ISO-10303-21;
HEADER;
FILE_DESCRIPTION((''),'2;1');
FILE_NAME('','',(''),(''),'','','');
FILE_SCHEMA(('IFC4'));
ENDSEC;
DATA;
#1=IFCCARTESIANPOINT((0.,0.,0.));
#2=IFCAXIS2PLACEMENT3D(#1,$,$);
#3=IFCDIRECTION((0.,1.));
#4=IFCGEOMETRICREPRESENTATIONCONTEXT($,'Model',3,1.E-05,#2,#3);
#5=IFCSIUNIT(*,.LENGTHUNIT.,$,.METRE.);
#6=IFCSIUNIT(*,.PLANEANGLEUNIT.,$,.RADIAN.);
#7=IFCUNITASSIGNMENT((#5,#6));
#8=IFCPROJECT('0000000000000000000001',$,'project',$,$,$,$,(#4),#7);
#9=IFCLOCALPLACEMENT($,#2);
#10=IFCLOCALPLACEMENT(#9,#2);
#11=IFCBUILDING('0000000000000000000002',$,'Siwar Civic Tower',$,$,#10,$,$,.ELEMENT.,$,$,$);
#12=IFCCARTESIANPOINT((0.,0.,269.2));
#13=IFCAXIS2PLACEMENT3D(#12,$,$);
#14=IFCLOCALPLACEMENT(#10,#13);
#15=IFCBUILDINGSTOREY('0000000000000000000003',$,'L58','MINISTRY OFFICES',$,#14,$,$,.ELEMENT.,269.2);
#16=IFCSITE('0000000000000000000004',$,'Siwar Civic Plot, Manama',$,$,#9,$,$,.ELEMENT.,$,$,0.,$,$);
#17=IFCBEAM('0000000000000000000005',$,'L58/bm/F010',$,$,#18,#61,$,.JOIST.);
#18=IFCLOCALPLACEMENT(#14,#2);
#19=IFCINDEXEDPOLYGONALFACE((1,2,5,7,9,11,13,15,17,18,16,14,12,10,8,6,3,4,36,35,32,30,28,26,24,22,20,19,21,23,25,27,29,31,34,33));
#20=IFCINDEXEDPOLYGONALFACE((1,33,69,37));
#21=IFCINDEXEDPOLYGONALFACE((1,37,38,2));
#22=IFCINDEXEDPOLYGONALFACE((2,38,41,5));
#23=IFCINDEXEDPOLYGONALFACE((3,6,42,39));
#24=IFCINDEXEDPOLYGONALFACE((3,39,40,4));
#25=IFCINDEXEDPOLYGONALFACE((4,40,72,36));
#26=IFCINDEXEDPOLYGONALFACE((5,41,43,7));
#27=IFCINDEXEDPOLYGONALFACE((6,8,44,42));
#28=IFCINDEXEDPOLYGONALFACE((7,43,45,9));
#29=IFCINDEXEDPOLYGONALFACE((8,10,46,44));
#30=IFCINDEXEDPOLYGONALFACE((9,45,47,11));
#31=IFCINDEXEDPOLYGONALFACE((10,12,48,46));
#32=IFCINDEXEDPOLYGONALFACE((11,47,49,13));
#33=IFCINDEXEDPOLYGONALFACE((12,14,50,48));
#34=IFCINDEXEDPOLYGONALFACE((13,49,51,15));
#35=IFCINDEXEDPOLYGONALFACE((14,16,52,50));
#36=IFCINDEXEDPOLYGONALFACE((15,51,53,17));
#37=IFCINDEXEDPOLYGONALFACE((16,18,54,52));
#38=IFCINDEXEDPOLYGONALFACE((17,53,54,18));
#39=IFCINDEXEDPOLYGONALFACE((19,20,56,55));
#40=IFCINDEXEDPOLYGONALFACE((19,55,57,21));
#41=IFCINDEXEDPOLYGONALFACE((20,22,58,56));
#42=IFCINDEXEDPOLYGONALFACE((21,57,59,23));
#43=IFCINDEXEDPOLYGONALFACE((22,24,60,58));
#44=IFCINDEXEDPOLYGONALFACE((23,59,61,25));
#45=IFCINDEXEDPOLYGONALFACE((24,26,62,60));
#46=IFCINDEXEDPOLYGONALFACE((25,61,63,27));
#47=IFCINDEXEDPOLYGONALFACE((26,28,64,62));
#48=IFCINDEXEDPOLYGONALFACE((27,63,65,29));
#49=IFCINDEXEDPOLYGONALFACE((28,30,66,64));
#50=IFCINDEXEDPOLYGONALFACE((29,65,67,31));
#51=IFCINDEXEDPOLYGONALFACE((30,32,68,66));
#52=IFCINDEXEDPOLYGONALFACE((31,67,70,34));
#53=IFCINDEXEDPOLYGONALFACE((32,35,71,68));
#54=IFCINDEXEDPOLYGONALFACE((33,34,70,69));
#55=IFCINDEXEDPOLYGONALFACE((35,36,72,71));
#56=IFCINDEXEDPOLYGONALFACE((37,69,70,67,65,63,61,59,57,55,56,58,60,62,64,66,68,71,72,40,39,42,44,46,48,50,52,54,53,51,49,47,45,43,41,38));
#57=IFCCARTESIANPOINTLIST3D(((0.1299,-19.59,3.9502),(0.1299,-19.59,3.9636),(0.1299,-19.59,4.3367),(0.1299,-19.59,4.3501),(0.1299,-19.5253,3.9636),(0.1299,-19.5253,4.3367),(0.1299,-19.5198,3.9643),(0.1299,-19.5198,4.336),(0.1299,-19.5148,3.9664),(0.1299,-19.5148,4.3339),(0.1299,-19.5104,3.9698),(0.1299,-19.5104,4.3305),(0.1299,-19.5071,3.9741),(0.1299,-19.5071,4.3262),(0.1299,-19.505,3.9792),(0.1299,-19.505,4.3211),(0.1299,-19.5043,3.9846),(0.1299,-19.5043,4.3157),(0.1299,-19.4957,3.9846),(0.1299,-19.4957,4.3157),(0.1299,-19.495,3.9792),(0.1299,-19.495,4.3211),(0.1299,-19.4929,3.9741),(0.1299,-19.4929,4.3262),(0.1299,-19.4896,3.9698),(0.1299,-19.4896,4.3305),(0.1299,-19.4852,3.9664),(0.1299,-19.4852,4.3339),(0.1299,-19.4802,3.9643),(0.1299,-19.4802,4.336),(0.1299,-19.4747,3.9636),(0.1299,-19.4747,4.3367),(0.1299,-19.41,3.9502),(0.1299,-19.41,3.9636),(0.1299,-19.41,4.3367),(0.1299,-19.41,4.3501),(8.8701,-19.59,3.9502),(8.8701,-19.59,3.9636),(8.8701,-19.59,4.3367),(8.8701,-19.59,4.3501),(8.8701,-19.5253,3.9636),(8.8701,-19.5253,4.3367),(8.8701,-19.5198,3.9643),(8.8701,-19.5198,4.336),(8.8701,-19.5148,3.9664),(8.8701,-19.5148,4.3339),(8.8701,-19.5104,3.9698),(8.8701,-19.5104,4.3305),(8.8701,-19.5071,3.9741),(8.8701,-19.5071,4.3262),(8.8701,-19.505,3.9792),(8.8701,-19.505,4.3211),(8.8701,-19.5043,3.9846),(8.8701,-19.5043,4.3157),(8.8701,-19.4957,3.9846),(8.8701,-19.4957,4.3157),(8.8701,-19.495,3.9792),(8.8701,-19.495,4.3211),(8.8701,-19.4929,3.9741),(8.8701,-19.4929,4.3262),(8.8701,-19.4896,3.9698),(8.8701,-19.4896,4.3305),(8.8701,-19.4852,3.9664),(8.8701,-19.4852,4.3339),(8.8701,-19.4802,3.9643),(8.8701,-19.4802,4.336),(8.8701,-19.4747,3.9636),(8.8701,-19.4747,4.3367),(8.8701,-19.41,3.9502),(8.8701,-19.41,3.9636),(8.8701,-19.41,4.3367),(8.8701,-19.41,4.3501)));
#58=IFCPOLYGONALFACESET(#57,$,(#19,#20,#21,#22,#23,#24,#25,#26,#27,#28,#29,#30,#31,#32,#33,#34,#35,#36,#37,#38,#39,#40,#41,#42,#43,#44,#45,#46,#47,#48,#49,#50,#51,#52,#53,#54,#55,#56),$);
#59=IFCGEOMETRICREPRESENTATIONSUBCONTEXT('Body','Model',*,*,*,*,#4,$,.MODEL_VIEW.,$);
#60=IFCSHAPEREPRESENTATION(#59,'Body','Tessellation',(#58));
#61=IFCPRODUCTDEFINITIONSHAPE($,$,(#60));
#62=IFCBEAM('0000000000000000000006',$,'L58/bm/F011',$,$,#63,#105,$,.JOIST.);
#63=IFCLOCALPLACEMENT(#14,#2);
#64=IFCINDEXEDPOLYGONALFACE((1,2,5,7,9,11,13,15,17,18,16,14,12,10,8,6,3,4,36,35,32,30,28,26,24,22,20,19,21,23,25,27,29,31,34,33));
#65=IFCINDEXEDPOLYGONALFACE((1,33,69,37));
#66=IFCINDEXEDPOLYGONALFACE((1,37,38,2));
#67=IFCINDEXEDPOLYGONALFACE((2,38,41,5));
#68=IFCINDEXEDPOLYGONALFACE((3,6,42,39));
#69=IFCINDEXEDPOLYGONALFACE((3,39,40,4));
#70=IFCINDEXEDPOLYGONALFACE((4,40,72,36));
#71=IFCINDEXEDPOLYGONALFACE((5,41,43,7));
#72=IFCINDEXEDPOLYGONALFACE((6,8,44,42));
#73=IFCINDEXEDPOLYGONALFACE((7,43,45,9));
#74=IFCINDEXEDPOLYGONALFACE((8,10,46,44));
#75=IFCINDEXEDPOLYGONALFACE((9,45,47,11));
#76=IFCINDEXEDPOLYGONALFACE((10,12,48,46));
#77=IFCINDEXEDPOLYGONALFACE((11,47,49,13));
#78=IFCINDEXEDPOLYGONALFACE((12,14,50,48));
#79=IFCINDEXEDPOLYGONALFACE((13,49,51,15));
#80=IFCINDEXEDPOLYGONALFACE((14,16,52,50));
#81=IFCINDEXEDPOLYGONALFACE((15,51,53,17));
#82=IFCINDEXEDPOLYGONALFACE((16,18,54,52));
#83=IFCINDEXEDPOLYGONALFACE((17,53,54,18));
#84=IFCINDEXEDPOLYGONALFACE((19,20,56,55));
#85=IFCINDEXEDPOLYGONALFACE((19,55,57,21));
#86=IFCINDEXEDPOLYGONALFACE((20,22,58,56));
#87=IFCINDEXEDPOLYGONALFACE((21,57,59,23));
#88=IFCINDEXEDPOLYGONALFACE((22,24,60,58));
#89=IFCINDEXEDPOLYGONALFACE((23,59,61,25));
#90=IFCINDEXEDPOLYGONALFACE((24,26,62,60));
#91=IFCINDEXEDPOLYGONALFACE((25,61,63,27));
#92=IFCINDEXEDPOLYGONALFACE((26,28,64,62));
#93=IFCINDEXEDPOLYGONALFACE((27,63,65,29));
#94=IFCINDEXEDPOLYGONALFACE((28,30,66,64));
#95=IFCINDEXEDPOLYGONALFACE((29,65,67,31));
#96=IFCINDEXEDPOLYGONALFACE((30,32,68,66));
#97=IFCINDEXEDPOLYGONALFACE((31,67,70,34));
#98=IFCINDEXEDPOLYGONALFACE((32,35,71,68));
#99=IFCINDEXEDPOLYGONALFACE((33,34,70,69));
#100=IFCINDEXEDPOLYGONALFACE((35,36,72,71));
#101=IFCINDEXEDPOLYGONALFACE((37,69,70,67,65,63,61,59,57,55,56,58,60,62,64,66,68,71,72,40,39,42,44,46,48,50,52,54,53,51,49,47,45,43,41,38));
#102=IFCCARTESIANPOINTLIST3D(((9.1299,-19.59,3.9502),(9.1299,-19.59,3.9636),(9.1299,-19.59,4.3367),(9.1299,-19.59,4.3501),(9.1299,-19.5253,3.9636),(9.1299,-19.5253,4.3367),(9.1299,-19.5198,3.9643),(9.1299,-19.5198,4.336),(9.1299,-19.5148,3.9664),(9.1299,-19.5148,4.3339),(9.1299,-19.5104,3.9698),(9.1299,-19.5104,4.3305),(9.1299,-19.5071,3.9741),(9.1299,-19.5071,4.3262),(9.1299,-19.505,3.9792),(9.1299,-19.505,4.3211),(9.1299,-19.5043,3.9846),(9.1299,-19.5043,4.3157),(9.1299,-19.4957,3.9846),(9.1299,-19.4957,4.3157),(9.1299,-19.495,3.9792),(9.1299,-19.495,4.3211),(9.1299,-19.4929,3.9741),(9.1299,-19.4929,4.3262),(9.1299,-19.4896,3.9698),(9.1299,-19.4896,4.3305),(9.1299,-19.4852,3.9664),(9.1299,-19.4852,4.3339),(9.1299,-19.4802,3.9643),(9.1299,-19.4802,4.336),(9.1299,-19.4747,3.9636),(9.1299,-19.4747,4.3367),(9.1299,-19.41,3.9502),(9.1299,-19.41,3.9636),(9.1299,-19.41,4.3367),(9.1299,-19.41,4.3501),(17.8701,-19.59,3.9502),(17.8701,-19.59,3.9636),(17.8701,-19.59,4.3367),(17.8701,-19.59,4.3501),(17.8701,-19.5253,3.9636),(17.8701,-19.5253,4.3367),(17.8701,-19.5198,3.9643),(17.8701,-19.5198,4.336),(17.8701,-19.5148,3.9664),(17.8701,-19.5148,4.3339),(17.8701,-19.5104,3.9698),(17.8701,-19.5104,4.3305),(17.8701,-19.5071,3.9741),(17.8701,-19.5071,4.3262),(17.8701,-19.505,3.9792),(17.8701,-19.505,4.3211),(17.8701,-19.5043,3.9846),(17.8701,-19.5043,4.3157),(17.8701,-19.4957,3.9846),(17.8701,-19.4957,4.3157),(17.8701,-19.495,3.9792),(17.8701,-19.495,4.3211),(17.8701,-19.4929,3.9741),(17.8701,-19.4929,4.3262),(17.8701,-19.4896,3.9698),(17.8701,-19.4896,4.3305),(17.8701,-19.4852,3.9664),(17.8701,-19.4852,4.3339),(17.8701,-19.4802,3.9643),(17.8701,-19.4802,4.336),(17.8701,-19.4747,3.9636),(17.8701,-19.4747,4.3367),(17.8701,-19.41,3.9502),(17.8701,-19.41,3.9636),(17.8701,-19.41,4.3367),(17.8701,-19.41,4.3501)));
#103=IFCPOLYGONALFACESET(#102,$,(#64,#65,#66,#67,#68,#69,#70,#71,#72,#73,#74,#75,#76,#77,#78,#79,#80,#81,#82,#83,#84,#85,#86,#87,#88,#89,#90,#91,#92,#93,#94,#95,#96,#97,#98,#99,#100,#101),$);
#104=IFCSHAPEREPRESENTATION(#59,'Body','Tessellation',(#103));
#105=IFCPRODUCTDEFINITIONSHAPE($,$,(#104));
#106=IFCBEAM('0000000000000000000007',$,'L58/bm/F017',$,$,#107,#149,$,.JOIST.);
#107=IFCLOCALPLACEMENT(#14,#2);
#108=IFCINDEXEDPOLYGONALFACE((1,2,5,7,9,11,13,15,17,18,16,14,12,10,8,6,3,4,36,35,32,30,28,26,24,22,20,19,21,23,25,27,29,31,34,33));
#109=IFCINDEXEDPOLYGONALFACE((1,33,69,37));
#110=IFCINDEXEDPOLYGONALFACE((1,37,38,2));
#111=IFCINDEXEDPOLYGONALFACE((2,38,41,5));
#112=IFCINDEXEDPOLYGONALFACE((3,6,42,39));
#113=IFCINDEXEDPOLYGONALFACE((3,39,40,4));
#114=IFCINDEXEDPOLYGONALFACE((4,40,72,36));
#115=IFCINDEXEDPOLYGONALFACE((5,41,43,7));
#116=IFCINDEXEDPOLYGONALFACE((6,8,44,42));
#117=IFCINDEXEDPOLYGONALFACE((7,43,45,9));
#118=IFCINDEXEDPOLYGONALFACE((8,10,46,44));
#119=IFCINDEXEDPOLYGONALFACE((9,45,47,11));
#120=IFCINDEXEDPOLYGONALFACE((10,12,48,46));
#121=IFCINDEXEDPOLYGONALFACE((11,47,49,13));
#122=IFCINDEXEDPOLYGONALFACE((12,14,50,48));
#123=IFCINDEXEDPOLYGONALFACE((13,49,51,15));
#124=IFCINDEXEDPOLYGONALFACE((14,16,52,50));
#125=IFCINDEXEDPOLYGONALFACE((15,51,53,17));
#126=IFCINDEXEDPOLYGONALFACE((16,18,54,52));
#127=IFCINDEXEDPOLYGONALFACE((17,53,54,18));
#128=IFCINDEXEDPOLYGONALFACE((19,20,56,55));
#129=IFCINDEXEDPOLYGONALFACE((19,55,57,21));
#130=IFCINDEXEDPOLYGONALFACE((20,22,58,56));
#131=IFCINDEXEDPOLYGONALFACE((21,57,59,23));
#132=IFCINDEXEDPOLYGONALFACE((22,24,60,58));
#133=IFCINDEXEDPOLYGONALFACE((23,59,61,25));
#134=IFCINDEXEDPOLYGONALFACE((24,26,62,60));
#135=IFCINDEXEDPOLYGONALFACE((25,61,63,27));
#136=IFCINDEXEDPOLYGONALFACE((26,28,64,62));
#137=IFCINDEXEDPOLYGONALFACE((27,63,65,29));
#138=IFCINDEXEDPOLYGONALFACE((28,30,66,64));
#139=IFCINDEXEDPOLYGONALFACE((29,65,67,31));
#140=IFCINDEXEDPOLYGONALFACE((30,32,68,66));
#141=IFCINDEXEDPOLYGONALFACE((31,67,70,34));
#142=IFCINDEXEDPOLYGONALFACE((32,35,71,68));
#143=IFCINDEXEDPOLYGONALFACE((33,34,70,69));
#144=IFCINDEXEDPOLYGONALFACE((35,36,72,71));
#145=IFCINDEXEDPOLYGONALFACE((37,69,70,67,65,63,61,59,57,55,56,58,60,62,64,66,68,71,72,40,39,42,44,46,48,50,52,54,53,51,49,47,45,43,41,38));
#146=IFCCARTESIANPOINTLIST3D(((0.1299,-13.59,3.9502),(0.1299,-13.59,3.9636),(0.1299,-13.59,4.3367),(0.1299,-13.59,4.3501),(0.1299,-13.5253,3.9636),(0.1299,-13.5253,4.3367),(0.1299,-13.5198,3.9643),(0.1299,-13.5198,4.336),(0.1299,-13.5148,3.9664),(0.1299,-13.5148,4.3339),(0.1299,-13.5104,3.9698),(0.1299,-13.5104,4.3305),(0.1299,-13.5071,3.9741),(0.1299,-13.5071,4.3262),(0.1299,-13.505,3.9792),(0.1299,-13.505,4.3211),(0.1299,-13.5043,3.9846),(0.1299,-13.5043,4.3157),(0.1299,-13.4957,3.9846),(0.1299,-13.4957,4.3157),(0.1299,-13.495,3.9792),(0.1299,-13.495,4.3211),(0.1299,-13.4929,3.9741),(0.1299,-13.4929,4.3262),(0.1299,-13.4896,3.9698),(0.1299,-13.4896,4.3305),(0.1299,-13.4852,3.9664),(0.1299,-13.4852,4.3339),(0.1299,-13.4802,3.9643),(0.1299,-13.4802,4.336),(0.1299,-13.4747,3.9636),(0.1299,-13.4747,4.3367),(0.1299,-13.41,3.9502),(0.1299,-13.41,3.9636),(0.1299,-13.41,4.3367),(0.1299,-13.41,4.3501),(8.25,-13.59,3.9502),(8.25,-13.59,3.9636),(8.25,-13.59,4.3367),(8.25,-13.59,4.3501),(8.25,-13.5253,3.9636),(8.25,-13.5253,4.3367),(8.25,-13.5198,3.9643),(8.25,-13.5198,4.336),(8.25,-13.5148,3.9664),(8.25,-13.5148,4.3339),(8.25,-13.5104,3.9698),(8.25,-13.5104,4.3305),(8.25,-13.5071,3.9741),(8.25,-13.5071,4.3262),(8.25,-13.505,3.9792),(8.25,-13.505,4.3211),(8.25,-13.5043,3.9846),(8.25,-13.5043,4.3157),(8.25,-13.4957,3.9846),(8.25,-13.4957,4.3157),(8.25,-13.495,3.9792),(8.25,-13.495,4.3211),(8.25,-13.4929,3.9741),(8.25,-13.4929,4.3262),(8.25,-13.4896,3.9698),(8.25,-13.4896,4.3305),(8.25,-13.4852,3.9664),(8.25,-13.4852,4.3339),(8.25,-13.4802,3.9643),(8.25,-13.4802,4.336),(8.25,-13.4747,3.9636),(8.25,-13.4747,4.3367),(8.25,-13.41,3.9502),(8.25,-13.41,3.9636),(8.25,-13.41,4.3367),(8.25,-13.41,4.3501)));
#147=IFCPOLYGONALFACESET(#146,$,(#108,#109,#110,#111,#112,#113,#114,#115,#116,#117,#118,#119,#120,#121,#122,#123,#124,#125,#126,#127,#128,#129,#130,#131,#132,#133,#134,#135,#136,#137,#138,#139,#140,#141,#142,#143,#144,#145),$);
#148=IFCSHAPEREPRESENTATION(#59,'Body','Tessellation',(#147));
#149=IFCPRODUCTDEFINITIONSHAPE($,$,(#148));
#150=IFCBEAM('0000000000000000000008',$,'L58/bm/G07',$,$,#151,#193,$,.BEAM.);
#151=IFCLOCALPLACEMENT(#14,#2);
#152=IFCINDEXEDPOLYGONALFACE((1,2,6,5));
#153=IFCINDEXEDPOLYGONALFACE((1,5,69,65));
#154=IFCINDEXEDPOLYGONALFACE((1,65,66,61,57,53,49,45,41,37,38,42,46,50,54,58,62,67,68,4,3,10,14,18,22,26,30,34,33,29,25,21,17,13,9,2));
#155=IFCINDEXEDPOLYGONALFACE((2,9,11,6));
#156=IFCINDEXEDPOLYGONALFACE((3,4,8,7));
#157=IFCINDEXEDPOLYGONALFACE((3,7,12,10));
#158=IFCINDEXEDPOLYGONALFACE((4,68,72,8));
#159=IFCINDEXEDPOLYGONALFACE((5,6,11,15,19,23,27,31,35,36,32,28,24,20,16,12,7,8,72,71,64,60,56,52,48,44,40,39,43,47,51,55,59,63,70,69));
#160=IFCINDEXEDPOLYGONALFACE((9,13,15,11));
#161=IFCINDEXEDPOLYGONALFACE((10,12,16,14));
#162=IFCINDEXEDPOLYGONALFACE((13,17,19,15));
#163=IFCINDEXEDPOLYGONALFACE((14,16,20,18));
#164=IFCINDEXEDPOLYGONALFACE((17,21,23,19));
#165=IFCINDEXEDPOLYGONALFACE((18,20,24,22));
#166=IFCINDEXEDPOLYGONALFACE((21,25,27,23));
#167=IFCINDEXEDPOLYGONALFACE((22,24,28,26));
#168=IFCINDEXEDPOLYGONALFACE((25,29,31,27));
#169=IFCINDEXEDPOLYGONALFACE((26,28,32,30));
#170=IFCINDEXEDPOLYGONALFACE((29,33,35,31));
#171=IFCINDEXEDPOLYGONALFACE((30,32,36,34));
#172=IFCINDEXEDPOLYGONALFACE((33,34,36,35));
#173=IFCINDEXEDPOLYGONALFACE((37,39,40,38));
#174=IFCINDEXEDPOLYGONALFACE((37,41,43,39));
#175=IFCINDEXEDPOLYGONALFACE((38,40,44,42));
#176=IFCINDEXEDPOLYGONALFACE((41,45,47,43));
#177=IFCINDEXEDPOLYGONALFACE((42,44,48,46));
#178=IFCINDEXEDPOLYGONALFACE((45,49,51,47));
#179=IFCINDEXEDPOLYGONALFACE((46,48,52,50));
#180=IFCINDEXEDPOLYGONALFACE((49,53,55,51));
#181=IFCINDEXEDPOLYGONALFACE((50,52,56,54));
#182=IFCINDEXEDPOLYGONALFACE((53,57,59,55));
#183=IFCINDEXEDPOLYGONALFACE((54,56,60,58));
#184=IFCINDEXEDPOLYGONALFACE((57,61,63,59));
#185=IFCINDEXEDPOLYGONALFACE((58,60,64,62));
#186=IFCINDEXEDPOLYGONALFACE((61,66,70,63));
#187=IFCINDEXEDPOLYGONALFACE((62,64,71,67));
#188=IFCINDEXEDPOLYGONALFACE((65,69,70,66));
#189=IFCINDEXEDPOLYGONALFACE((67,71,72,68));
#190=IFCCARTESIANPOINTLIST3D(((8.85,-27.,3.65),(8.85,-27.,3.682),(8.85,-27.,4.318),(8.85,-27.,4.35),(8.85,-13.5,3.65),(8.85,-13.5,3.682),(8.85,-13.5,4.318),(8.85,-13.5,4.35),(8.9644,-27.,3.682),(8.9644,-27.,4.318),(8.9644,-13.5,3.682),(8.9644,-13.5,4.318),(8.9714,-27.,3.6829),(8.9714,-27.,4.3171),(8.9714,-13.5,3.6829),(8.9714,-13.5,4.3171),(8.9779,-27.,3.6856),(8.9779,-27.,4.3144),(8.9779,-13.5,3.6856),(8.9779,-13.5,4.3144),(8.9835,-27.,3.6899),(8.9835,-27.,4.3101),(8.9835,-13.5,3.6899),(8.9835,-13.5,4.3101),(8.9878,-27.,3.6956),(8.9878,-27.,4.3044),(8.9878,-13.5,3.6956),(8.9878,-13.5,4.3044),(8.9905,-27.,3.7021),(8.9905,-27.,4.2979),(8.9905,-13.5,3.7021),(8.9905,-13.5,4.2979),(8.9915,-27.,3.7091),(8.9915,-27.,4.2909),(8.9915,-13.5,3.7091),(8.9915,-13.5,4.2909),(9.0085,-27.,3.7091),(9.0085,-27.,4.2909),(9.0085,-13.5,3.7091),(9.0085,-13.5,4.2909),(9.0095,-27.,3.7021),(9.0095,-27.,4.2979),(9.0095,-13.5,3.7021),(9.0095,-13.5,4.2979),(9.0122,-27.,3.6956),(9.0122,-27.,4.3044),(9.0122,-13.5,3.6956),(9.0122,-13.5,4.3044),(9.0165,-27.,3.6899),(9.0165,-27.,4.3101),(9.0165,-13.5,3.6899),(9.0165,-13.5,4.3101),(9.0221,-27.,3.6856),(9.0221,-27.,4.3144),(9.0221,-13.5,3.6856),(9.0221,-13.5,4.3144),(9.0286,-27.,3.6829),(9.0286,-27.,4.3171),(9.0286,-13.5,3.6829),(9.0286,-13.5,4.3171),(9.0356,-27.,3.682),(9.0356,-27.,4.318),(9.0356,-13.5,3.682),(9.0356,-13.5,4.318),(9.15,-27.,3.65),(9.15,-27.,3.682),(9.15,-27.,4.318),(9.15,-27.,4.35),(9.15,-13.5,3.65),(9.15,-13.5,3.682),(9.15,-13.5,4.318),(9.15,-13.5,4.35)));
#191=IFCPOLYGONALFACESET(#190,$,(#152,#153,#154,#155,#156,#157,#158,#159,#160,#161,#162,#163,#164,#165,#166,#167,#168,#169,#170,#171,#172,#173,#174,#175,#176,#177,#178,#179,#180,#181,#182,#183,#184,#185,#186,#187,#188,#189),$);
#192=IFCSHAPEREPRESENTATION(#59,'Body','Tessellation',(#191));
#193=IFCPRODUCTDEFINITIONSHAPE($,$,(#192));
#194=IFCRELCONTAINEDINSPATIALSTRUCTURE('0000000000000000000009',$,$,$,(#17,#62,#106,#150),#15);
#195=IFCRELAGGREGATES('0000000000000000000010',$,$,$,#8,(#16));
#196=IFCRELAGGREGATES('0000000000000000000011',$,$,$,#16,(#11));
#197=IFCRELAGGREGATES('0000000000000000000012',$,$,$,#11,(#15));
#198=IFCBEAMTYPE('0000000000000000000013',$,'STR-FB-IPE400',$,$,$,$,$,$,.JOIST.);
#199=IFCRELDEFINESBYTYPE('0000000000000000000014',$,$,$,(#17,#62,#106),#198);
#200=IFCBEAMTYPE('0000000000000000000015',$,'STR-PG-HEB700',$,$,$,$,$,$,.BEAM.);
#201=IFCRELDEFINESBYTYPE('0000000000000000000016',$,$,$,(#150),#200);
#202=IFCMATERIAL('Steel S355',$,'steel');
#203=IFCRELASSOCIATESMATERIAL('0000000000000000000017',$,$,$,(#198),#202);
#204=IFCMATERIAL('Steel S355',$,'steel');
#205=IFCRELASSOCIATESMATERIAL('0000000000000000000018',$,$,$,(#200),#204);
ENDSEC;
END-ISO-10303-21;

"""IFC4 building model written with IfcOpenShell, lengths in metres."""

from ifc_helpers import new_model, si_unit, direction, frame, origin, origin_2d, place, context, subcontext, project, spatial, i_section, extrude, material, material_profile, profile_set, type_object, element, save


model = new_model("IFC4")

# Units and contexts
model_context = context("Model", 3, precision=1e-05, world=origin(), true_north=direction((0.0, 1.0)))
body_context = subcontext(model_context, "Body", "Model", "MODEL_VIEW")
ifc_project = project(units=[si_unit("LENGTHUNIT", "METRE"), si_unit("PLANEANGLEUNIT", "RADIAN")], contexts=[model_context])

# Site, building, storey
site_placement = place(None, origin())
site = spatial("IfcSite", under=ifc_project, at=site_placement, Name="Siwar Civic Plot, Manama", CompositionType="ELEMENT", RefElevation=0.0)
building_placement = place(site_placement, origin())
building = spatial("IfcBuilding", under=site, at=building_placement, Name="Siwar Civic Tower", CompositionType="ELEMENT")
storey_placement = place(building_placement, frame((0.0, 0.0, 269.2)))
storey = spatial("IfcBuildingStorey", under=building, at=storey_placement, Name="L58", Description="MINISTRY OFFICES", CompositionType="ELEMENT", Elevation=269.2)

# Beams
ifc_material_1 = material(Name="Steel S355", Category="steel")
ifc_material_profile_1 = material_profile(ifc_material_1, i_section(OverallWidth=0.1799, OverallDepth=0.3999, WebThickness=0.0085, FlangeThickness=0.0134, FilletRadius=0.021, at=origin_2d()), Name="IPE400")
ifc_profile_set_1 = profile_set([ifc_material_profile_1], Name="Steel S355")
beam_type_1 = type_object("IfcBeamType", Name="STR-FB-IPE400", PredefinedType="JOIST", material=ifc_profile_set_1)
for number, where, z_axis, x_axis, name in (
    (1, (0.1299, -19.5, 4.1501), (1.0, 0.0, 0.0), (0.0, 1.0, 0.0), "L58/bm/F010"),
    (2, (9.1299, -19.5, 4.1501), (1.0, 0.0, 0.0), (0.0, 1.0, 0.0), "L58/bm/F011"),
):
    element("IfcBeam", number, at=place(storey_placement, frame(where, z_axis=z_axis, x_axis=x_axis)), inside=storey, type_object=beam_type_1, Name=name, PredefinedType="JOIST", context=body_context, shape_type="SweptSolid", body=[
        extrude(i_section(OverallWidth=0.1799, OverallDepth=0.3999, WebThickness=0.0085, FlangeThickness=0.0134, FilletRadius=0.021, at=origin_2d()), origin(), (0.0, 0.0, 1.0), 8.7402),
    ])
beam_1_placement = place(storey_placement, frame((0.1299, -13.5, 4.1501), z_axis=(1.0, 0.0, 0.0), x_axis=(0.0, 1.0, 0.0)))
element("IfcBeam", 3, at=beam_1_placement, inside=storey, type_object=beam_type_1, Name="L58/bm/F017", PredefinedType="JOIST", context=body_context, shape_type="SweptSolid", body=[
    extrude(i_section(OverallWidth=0.1799, OverallDepth=0.3999, WebThickness=0.0085, FlangeThickness=0.0134, FilletRadius=0.021, at=origin_2d()), origin(), (0.0, 0.0, 1.0), 8.1201),
])
ifc_material_2 = material(Name="Steel S355", Category="steel")
ifc_material_profile_2 = material_profile(ifc_material_2, i_section(OverallWidth=0.3, OverallDepth=0.7, WebThickness=0.0171, FlangeThickness=0.032, FilletRadius=0.0271, at=origin_2d()), Name="HEB700")
ifc_profile_set_2 = profile_set([ifc_material_profile_2], Name="Steel S355")
beam_type_2 = type_object("IfcBeamType", Name="STR-PG-HEB700", PredefinedType="BEAM", material=ifc_profile_set_2)
beam_2_placement = place(storey_placement, frame((9.0, -27.0, 4.0), z_axis=(0.0, 1.0, 0.0), x_axis=(-1.0, 0.0, 0.0)))
element("IfcBeam", 4, at=beam_2_placement, inside=storey, type_object=beam_type_2, Name="L58/bm/G07", PredefinedType="BEAM", context=body_context, shape_type="SweptSolid", body=[
    extrude(i_section(OverallWidth=0.3, OverallDepth=0.7, WebThickness=0.0171, FlangeThickness=0.032, FilletRadius=0.0271, at=origin_2d()), origin(), (0.0, 0.0, 1.0), 13.5),
])

save(model, "model.ifc")
